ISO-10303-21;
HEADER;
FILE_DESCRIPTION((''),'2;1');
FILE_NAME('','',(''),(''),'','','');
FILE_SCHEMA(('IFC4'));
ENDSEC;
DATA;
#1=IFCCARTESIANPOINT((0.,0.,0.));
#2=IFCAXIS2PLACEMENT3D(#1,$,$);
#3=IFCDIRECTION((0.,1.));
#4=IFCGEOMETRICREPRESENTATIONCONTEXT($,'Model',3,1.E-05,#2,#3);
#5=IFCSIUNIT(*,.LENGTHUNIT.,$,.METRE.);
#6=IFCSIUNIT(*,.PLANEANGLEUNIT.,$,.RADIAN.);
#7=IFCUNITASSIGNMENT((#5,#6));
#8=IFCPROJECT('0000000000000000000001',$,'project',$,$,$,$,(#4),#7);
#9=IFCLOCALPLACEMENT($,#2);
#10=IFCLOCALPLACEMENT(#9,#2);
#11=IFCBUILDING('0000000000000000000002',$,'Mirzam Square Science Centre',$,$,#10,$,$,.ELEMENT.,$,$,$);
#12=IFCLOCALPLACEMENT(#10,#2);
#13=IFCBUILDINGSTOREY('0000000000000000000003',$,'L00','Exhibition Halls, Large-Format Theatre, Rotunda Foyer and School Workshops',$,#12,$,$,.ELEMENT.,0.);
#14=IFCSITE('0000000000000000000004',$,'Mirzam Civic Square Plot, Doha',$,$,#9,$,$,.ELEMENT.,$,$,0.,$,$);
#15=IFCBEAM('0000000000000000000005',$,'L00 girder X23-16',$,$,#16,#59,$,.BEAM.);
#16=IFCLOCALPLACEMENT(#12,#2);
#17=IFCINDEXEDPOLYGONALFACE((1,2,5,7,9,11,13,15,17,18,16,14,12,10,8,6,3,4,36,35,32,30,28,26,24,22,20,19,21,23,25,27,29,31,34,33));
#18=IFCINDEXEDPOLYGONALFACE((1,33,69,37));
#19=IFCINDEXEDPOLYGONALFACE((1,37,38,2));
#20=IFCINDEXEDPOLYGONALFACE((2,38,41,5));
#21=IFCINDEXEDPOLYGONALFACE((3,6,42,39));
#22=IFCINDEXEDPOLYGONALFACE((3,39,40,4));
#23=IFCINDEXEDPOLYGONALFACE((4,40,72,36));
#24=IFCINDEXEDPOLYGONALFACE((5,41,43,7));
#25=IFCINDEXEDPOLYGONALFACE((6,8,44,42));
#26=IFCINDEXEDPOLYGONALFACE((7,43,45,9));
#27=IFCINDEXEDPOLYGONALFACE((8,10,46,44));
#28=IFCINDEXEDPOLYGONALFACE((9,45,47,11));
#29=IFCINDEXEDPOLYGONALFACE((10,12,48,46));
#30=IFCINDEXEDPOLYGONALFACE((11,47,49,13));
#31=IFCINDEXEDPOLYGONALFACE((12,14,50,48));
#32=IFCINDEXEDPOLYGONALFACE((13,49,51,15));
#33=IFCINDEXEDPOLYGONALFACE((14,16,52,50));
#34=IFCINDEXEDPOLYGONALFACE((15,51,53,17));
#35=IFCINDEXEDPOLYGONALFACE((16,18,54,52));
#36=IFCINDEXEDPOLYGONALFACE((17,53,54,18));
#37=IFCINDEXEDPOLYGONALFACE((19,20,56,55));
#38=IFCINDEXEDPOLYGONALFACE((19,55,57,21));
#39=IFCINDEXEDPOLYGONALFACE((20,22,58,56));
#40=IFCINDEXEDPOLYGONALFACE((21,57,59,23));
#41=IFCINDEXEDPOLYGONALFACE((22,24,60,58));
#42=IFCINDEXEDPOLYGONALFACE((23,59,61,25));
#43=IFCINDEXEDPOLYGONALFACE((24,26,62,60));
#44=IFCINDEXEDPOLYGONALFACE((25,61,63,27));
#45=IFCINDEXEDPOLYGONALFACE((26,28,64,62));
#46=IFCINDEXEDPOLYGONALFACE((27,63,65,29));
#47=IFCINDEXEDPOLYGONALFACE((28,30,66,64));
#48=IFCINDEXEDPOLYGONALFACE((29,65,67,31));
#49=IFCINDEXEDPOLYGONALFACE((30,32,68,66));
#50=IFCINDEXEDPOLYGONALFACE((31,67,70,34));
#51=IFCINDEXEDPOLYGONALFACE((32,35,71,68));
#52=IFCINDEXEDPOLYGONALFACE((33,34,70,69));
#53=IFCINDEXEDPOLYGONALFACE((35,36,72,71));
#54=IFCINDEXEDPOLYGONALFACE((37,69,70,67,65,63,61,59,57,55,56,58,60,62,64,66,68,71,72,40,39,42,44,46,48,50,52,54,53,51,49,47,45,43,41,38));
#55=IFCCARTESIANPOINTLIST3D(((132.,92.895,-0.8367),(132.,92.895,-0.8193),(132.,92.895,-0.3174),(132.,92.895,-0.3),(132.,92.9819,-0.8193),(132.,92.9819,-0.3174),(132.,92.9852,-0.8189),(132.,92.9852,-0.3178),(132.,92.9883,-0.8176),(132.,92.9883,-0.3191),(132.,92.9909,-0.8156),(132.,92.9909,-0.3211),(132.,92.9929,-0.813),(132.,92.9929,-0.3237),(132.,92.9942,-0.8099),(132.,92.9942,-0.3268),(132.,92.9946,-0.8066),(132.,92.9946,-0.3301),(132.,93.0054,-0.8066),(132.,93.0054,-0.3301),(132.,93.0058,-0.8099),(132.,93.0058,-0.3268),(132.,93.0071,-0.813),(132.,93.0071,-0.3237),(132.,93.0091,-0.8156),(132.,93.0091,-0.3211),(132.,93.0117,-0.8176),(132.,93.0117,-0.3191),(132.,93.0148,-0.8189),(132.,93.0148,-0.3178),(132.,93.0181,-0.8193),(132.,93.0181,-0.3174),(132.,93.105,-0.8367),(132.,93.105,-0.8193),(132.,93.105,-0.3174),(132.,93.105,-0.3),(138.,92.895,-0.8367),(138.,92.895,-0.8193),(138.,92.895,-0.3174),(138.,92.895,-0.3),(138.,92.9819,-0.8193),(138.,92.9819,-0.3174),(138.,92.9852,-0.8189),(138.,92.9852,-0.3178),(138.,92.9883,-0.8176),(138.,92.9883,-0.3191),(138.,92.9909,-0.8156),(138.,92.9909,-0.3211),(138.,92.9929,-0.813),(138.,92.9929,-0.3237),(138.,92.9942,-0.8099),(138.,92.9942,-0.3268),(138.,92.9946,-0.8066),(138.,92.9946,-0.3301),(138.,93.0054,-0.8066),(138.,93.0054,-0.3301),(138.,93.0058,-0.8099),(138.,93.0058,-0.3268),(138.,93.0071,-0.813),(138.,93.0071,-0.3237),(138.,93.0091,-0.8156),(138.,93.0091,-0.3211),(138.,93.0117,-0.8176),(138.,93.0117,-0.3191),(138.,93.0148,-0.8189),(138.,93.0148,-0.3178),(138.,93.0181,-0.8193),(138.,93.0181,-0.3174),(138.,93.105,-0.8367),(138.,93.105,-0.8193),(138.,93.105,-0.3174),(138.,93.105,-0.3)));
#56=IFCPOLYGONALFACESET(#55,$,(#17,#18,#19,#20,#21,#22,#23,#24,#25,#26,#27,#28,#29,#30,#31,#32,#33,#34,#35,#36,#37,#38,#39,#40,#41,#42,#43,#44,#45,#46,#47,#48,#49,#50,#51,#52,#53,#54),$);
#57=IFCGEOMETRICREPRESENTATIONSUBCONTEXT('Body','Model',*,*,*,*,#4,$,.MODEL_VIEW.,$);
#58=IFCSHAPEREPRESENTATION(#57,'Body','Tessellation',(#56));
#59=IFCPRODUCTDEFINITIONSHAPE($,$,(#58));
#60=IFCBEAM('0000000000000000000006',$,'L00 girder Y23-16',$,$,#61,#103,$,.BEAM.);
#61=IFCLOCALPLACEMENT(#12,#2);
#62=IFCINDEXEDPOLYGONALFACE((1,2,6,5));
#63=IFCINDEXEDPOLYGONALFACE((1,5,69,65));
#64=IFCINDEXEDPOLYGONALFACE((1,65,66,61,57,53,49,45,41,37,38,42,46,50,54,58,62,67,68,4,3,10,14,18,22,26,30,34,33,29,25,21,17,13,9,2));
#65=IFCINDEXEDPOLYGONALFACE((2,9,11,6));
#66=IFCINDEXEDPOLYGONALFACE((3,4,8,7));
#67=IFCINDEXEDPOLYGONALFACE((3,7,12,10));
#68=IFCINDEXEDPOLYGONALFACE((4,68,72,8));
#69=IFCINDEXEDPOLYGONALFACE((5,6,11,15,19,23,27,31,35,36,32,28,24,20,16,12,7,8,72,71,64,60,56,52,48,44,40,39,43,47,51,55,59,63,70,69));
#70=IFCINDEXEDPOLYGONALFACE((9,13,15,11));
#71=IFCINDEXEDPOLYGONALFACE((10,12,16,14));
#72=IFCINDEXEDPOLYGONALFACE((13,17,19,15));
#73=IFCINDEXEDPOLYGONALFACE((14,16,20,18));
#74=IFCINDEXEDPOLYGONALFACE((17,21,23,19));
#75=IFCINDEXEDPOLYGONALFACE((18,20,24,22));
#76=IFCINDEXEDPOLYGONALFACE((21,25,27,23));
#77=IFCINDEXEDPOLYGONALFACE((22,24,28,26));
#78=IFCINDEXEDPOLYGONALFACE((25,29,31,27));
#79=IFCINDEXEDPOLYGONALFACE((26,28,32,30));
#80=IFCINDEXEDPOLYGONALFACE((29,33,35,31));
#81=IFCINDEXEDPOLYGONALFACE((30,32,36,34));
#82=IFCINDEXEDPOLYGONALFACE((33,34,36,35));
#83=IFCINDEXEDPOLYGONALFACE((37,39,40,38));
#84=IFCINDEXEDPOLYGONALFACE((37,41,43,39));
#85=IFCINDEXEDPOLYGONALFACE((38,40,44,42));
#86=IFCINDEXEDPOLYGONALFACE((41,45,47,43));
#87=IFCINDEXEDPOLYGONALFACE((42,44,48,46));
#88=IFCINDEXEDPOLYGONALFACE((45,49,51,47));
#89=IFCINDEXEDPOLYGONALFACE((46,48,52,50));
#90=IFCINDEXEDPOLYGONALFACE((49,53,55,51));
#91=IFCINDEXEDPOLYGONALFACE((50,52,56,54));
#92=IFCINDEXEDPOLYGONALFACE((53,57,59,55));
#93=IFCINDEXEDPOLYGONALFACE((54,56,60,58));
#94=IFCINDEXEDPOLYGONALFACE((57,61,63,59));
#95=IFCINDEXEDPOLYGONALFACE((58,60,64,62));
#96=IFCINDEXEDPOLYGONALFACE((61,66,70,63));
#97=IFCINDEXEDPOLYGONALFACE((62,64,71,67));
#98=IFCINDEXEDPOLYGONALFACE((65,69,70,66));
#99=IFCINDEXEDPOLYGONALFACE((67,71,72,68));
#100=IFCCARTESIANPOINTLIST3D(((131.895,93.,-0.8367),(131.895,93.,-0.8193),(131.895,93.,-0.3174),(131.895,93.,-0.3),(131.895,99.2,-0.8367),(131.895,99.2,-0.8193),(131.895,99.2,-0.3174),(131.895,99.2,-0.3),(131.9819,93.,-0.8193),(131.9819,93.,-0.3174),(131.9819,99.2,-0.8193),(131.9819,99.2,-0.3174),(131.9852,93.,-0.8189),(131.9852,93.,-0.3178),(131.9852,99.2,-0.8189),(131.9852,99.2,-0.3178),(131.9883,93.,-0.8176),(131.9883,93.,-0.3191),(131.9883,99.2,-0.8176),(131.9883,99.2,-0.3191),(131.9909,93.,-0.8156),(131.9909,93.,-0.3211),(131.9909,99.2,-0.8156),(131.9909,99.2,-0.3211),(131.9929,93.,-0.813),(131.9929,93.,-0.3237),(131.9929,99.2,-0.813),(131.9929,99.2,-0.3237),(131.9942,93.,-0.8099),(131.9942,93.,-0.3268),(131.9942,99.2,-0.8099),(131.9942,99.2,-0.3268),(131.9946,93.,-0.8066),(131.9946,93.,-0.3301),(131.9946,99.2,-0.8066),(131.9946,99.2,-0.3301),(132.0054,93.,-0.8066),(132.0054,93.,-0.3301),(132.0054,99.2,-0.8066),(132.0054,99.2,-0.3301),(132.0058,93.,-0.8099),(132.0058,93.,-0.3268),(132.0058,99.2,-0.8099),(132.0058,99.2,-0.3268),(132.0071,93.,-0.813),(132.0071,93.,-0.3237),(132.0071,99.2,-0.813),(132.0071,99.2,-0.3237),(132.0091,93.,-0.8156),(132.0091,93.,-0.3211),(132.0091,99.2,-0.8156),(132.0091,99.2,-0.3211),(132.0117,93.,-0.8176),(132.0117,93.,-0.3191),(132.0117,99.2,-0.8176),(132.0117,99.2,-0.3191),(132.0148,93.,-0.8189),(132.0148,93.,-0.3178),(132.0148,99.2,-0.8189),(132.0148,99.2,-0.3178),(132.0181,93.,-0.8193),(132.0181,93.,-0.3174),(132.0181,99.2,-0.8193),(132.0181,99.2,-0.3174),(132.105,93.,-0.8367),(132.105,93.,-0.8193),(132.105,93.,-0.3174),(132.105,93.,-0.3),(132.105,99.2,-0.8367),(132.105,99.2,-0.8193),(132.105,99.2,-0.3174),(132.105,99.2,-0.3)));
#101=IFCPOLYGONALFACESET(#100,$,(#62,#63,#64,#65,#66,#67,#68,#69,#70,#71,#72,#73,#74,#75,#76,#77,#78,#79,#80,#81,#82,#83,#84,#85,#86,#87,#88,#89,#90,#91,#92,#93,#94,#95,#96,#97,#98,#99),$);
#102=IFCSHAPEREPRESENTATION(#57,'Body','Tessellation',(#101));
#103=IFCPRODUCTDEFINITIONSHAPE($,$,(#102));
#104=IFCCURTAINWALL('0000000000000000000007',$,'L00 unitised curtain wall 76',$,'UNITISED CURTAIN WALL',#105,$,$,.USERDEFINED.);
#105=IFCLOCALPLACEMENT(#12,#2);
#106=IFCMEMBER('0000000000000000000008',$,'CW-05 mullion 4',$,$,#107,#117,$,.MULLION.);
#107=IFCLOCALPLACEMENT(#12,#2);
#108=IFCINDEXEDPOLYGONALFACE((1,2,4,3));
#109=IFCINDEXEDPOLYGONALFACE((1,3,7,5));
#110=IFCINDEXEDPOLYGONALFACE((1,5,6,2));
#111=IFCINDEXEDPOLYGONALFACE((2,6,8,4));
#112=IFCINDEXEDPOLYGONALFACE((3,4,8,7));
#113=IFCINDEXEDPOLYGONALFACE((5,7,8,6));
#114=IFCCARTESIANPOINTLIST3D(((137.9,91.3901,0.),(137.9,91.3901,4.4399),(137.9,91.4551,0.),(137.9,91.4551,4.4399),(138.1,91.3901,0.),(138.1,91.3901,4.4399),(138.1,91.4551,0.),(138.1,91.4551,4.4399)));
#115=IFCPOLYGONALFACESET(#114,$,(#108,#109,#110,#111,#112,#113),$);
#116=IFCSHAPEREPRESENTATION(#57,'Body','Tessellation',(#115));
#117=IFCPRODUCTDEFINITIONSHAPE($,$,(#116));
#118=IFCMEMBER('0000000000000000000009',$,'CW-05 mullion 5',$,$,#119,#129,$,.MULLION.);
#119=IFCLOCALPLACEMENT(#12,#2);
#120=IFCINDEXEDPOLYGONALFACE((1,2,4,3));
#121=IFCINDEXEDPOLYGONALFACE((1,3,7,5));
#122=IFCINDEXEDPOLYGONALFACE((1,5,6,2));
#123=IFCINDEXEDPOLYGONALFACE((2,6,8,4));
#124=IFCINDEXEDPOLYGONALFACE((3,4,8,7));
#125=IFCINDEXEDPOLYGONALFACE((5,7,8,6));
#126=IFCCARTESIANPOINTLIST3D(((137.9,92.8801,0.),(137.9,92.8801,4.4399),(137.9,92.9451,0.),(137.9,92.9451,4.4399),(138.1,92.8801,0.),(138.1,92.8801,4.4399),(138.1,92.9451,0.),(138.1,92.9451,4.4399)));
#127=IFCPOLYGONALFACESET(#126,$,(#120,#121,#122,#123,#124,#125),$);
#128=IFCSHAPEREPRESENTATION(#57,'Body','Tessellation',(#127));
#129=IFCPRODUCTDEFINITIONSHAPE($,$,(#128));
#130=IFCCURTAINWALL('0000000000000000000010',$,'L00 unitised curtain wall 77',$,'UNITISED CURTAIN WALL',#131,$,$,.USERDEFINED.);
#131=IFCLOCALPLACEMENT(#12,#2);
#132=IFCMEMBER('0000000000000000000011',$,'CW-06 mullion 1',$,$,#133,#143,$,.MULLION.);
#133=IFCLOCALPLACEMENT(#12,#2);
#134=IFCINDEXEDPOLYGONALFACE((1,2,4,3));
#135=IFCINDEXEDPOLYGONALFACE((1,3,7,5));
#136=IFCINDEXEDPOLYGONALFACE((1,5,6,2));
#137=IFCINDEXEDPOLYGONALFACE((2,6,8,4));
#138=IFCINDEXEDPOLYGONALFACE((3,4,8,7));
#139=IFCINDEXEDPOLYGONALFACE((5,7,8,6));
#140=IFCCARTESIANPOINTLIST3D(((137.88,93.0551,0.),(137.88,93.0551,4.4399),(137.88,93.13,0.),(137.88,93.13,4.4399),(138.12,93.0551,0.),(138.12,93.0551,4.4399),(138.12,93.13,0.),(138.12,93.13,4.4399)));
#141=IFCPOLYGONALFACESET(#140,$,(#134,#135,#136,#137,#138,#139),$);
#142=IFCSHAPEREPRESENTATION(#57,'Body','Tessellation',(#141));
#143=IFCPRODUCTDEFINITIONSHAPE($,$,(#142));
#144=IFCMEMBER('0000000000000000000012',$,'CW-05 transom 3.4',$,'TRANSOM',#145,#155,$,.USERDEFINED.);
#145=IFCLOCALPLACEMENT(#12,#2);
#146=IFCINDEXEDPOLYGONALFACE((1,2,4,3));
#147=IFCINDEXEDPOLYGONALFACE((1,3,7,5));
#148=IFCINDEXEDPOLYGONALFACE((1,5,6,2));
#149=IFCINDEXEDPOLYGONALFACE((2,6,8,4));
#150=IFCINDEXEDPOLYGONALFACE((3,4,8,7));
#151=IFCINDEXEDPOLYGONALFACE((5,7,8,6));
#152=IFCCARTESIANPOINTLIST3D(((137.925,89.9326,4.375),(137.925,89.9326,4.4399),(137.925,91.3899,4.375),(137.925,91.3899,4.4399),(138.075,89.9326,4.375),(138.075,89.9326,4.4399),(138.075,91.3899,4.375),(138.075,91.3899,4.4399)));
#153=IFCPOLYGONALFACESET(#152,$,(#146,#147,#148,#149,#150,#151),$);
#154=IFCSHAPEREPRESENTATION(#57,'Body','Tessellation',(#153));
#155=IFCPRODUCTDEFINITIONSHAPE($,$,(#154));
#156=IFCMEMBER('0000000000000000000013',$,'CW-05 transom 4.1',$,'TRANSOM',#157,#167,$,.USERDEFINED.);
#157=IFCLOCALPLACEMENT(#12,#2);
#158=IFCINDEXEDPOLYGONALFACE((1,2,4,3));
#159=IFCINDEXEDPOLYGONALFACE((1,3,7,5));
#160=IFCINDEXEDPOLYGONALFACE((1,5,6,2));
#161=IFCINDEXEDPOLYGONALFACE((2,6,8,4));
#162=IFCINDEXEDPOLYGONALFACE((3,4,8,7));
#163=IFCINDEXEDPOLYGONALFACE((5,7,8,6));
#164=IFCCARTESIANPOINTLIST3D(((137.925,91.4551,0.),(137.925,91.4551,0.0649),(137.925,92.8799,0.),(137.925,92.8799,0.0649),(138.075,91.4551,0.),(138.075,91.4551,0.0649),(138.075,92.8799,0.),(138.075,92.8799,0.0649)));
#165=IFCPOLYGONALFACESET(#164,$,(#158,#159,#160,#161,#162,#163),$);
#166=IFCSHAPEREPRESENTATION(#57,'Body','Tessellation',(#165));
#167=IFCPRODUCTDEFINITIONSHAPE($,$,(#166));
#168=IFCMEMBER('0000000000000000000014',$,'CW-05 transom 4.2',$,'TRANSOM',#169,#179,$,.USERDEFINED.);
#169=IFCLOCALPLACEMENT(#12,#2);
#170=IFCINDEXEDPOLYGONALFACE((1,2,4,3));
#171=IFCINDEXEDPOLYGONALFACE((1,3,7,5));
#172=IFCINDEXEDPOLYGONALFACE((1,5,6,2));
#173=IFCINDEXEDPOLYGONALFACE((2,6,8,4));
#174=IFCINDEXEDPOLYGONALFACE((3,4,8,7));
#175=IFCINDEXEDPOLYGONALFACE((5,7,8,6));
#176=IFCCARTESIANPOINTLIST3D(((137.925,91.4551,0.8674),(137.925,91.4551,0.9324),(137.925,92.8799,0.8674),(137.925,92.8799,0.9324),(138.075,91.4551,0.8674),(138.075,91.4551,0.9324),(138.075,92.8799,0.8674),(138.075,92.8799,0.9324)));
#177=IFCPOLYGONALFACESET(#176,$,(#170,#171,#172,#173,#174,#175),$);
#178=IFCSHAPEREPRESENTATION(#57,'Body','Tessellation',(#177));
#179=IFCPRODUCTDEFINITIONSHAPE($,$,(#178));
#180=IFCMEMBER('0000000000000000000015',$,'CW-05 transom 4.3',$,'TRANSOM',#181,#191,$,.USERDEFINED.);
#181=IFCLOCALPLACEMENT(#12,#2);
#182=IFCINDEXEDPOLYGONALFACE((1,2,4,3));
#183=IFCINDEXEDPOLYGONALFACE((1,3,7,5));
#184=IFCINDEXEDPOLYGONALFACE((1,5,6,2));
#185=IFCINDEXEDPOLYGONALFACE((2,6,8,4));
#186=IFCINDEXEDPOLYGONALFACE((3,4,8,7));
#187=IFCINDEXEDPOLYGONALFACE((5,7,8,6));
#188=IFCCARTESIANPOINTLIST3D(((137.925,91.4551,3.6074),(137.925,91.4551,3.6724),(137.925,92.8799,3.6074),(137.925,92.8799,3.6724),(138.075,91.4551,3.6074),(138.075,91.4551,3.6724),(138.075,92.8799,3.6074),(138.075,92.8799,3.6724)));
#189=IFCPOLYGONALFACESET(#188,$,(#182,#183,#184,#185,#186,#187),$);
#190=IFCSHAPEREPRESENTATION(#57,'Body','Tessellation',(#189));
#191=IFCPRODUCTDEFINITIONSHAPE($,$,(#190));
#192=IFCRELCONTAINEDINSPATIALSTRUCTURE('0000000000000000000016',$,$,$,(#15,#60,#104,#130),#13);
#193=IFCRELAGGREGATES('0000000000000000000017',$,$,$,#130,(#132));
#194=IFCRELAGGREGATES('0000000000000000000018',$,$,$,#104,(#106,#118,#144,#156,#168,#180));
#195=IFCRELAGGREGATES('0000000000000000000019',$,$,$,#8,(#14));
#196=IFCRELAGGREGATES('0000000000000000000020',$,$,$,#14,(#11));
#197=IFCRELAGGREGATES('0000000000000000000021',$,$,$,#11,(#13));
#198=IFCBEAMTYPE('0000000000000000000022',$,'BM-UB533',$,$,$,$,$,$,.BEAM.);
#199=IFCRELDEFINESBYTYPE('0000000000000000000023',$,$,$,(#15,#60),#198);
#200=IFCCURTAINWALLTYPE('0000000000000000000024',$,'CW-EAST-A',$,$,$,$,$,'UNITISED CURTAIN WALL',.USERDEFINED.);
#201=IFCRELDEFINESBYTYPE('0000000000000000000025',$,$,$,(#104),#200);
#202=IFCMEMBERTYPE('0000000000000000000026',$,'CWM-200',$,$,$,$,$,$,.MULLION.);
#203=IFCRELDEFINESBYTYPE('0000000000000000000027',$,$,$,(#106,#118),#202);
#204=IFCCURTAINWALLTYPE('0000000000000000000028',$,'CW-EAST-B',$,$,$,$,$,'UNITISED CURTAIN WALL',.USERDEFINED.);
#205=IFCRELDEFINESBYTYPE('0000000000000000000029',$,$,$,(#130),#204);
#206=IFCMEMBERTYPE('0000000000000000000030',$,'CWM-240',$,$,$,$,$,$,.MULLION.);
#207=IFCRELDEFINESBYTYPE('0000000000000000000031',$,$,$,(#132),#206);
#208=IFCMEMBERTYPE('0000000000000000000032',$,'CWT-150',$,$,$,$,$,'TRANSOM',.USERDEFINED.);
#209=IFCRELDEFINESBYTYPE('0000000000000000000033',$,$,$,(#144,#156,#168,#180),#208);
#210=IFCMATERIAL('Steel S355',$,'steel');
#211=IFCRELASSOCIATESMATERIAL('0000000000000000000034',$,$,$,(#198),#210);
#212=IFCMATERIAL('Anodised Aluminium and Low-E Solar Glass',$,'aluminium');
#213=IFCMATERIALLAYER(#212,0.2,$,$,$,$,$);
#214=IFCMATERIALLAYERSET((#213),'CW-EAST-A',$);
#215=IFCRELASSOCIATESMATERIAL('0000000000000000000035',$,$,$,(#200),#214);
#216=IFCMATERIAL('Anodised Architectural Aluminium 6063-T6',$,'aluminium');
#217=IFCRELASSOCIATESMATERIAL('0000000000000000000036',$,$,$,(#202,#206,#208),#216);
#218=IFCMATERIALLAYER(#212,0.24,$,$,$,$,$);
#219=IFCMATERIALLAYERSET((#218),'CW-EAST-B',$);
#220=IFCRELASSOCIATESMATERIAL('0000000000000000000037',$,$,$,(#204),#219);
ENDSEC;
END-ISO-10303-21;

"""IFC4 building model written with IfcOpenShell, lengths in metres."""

from ifc_helpers import new_model, si_unit, direction, frame, origin, origin_2d, place, context, subcontext, project, spatial, rectangle, i_section, extrude, material, layer, layer_set, material_profile, profile_set, type_object, element, aggregate, save


model = new_model("IFC4")

# Units and contexts
model_context = context("Model", 3, precision=1e-05, world=origin(), true_north=direction((0.0, 1.0)))
body_context = subcontext(model_context, "Body", "Model", "MODEL_VIEW")
ifc_project = project(units=[si_unit("LENGTHUNIT", "METRE"), si_unit("PLANEANGLEUNIT", "RADIAN")], contexts=[model_context])

# Site, building, storey
site_placement = place(None, origin())
site = spatial("IfcSite", under=ifc_project, at=site_placement, Name="Mirzam Civic Square Plot, Doha", CompositionType="ELEMENT", RefElevation=0.0)
building_placement = place(site_placement, origin())
building = spatial("IfcBuilding", under=site, at=building_placement, Name="Mirzam Square Science Centre", CompositionType="ELEMENT")
storey_placement = place(building_placement, origin())
storey = spatial("IfcBuildingStorey", under=building, at=storey_placement, Name="L00", Description="Exhibition Halls, Large-Format Theatre, Rotunda Foyer and School Workshops", CompositionType="ELEMENT", Elevation=0.0)

# Shared definitions
ifc_material_1 = material(Name="Steel S355", Category="steel")

# Beams
ifc_material_profile_1 = material_profile(ifc_material_1, i_section(OverallWidth=0.21, OverallDepth=0.5366, WebThickness=0.0107, FlangeThickness=0.0173, FilletRadius=0.0127, at=origin_2d()), Name="533x210x101UB")
ifc_profile_set_1 = profile_set([ifc_material_profile_1], Name="Steel S355")
beam_type_1 = type_object("IfcBeamType", Name="BM-UB533", PredefinedType="BEAM", material=ifc_profile_set_1)
beam_1_placement = place(storey_placement, frame((132.0, 93.0, -0.5684), z_axis=(1.0, 0.0, 0.0), x_axis=(0.0, 1.0, 0.0)))
element("IfcBeam", 1, at=beam_1_placement, inside=storey, type_object=beam_type_1, Name="L00 girder X23-16", PredefinedType="BEAM", context=body_context, shape_type="SweptSolid", body=[
    extrude(i_section(OverallWidth=0.21, OverallDepth=0.5366, WebThickness=0.0107, FlangeThickness=0.0173, FilletRadius=0.0127, at=origin_2d()), origin(), (0.0, 0.0, 1.0), 6.0),
])
beam_2_placement = place(storey_placement, frame((132.0, 93.0, -0.5684), z_axis=(0.0, 1.0, 0.0), x_axis=(-1.0, 0.0, 0.0)))
element("IfcBeam", 2, at=beam_2_placement, inside=storey, type_object=beam_type_1, Name="L00 girder Y23-16", PredefinedType="BEAM", context=body_context, shape_type="SweptSolid", body=[
    extrude(i_section(OverallWidth=0.21, OverallDepth=0.5366, WebThickness=0.0107, FlangeThickness=0.0173, FilletRadius=0.0127, at=origin_2d()), origin(), (0.0, 0.0, 1.0), 6.2),
])

# Curtain wall, members
ifc_material_2 = material(Name="Anodised Aluminium and Low-E Solar Glass", Category="aluminium")
ifc_layer_1 = layer(ifc_material_2, 0.2)
ifc_layer_set_1 = layer_set([ifc_layer_1], Name="CW-EAST-A")
curtain_wall_type_1 = type_object("IfcCurtainWallType", Name="CW-EAST-A", ElementType="UNITISED CURTAIN WALL", PredefinedType="USERDEFINED", material=ifc_layer_set_1)
curtain_wall_1_placement = place(storey_placement, origin())
curtain_wall_1 = element("IfcCurtainWall", 3, at=curtain_wall_1_placement, inside=storey, type_object=curtain_wall_type_1, Name="L00 unitised curtain wall 76", ObjectType="UNITISED CURTAIN WALL", PredefinedType="USERDEFINED")
ifc_material_3 = material(Name="Anodised Architectural Aluminium 6063-T6", Category="aluminium")
ifc_material_profile_2 = material_profile(ifc_material_3, rectangle(XDim=0.0649, YDim=0.2, at=origin_2d()), Name="ALU-MULL-200x65x5")
ifc_profile_set_2 = profile_set([ifc_material_profile_2], Name="Anodised Architectural Aluminium 6063-T6")
member_type_1 = type_object("IfcMemberType", Name="CWM-200", PredefinedType="MULLION", material=ifc_profile_set_2)
member_1_placement = place(storey_placement, frame((138.0, 91.4226, 0.0), z_axis=(0.0, 0.0, 1.0), x_axis=(0.0, 1.0, 0.0)))
member_1 = element("IfcMember", 4, at=member_1_placement, type_object=member_type_1, Name="CW-05 mullion 4", PredefinedType="MULLION", context=body_context, shape_type="SweptSolid", body=[
    extrude(rectangle(XDim=0.0649, YDim=0.2, at=origin_2d()), origin(), (0.0, 0.0, 1.0), 4.4399),
])
member_2_placement = place(storey_placement, frame((138.0, 92.9126, 0.0), z_axis=(0.0, 0.0, 1.0), x_axis=(0.0, 1.0, 0.0)))
member_2 = element("IfcMember", 5, at=member_2_placement, type_object=member_type_1, Name="CW-05 mullion 5", PredefinedType="MULLION", context=body_context, shape_type="SweptSolid", body=[
    extrude(rectangle(XDim=0.0649, YDim=0.2, at=origin_2d()), origin(), (0.0, 0.0, 1.0), 4.4399),
])

# Curtain wall, member
ifc_layer_2 = layer(ifc_material_2, 0.24)
ifc_layer_set_2 = layer_set([ifc_layer_2], Name="CW-EAST-B")
curtain_wall_type_2 = type_object("IfcCurtainWallType", Name="CW-EAST-B", ElementType="UNITISED CURTAIN WALL", PredefinedType="USERDEFINED", material=ifc_layer_set_2)
curtain_wall_2_placement = place(storey_placement, origin())
curtain_wall_2 = element("IfcCurtainWall", 6, at=curtain_wall_2_placement, inside=storey, type_object=curtain_wall_type_2, Name="L00 unitised curtain wall 77", ObjectType="UNITISED CURTAIN WALL", PredefinedType="USERDEFINED")
ifc_material_profile_3 = material_profile(ifc_material_3, rectangle(XDim=0.075, YDim=0.24, at=origin_2d()), Name="ALU-MULL-240x75x5")
ifc_profile_set_3 = profile_set([ifc_material_profile_3], Name="Anodised Architectural Aluminium 6063-T6")
member_type_2 = type_object("IfcMemberType", Name="CWM-240", PredefinedType="MULLION", material=ifc_profile_set_3)
member_3_placement = place(storey_placement, frame((138.0, 93.0925, 0.0), z_axis=(0.0, 0.0, 1.0), x_axis=(0.0, 1.0, 0.0)))
member_3 = element("IfcMember", 7, at=member_3_placement, type_object=member_type_2, Name="CW-06 mullion 1", PredefinedType="MULLION", context=body_context, shape_type="SweptSolid", body=[
    extrude(rectangle(XDim=0.075, YDim=0.24, at=origin_2d()), origin(), (0.0, 0.0, 1.0), 4.4399),
])
aggregate(curtain_wall_2, [member_3])

# Members
ifc_material_profile_4 = material_profile(ifc_material_3, rectangle(XDim=0.1499, YDim=0.0649, at=origin_2d()), Name="ALU-TRAN-150x65x4")
ifc_profile_set_4 = profile_set([ifc_material_profile_4], Name="Anodised Architectural Aluminium 6063-T6")
member_type_3 = type_object("IfcMemberType", Name="CWT-150", ElementType="TRANSOM", PredefinedType="USERDEFINED", material=ifc_profile_set_4)
member_4_placement = place(storey_placement, frame((138.0, 89.9326, 4.4075), z_axis=(0.0, 1.0, 0.0), x_axis=(-1.0, 0.0, 0.0)))
member_4 = element("IfcMember", 8, at=member_4_placement, type_object=member_type_3, Name="CW-05 transom 3.4", ObjectType="TRANSOM", PredefinedType="USERDEFINED", context=body_context, shape_type="SweptSolid", body=[
    extrude(rectangle(XDim=0.1499, YDim=0.0649, at=origin_2d()), origin(), (0.0, 0.0, 1.0), 1.4573),
])
member_5_placement = place(storey_placement, frame((138.0, 91.4551, 0.0325), z_axis=(0.0, 1.0, 0.0), x_axis=(-1.0, 0.0, 0.0)))
member_5 = element("IfcMember", 9, at=member_5_placement, type_object=member_type_3, Name="CW-05 transom 4.1", ObjectType="TRANSOM", PredefinedType="USERDEFINED", context=body_context, shape_type="SweptSolid", body=[
    extrude(rectangle(XDim=0.1499, YDim=0.0649, at=origin_2d()), origin(), (0.0, 0.0, 1.0), 1.4248),
])
member_6_placement = place(storey_placement, frame((138.0, 91.4551, 0.8999), z_axis=(0.0, 1.0, 0.0), x_axis=(-1.0, 0.0, 0.0)))
member_6 = element("IfcMember", 10, at=member_6_placement, type_object=member_type_3, Name="CW-05 transom 4.2", ObjectType="TRANSOM", PredefinedType="USERDEFINED", context=body_context, shape_type="SweptSolid", body=[
    extrude(rectangle(XDim=0.1499, YDim=0.0649, at=origin_2d()), origin(), (0.0, 0.0, 1.0), 1.4248),
])
member_7_placement = place(storey_placement, frame((138.0, 91.4551, 3.6399), z_axis=(0.0, 1.0, 0.0), x_axis=(-1.0, 0.0, 0.0)))
member_7 = element("IfcMember", 11, at=member_7_placement, type_object=member_type_3, Name="CW-05 transom 4.3", ObjectType="TRANSOM", PredefinedType="USERDEFINED", context=body_context, shape_type="SweptSolid", body=[
    extrude(rectangle(XDim=0.1499, YDim=0.0649, at=origin_2d()), origin(), (0.0, 0.0, 1.0), 1.4248),
])

aggregate(curtain_wall_1, [member_1, member_2, member_4, member_5, member_6, member_7])

save(model, "model.ifc")
